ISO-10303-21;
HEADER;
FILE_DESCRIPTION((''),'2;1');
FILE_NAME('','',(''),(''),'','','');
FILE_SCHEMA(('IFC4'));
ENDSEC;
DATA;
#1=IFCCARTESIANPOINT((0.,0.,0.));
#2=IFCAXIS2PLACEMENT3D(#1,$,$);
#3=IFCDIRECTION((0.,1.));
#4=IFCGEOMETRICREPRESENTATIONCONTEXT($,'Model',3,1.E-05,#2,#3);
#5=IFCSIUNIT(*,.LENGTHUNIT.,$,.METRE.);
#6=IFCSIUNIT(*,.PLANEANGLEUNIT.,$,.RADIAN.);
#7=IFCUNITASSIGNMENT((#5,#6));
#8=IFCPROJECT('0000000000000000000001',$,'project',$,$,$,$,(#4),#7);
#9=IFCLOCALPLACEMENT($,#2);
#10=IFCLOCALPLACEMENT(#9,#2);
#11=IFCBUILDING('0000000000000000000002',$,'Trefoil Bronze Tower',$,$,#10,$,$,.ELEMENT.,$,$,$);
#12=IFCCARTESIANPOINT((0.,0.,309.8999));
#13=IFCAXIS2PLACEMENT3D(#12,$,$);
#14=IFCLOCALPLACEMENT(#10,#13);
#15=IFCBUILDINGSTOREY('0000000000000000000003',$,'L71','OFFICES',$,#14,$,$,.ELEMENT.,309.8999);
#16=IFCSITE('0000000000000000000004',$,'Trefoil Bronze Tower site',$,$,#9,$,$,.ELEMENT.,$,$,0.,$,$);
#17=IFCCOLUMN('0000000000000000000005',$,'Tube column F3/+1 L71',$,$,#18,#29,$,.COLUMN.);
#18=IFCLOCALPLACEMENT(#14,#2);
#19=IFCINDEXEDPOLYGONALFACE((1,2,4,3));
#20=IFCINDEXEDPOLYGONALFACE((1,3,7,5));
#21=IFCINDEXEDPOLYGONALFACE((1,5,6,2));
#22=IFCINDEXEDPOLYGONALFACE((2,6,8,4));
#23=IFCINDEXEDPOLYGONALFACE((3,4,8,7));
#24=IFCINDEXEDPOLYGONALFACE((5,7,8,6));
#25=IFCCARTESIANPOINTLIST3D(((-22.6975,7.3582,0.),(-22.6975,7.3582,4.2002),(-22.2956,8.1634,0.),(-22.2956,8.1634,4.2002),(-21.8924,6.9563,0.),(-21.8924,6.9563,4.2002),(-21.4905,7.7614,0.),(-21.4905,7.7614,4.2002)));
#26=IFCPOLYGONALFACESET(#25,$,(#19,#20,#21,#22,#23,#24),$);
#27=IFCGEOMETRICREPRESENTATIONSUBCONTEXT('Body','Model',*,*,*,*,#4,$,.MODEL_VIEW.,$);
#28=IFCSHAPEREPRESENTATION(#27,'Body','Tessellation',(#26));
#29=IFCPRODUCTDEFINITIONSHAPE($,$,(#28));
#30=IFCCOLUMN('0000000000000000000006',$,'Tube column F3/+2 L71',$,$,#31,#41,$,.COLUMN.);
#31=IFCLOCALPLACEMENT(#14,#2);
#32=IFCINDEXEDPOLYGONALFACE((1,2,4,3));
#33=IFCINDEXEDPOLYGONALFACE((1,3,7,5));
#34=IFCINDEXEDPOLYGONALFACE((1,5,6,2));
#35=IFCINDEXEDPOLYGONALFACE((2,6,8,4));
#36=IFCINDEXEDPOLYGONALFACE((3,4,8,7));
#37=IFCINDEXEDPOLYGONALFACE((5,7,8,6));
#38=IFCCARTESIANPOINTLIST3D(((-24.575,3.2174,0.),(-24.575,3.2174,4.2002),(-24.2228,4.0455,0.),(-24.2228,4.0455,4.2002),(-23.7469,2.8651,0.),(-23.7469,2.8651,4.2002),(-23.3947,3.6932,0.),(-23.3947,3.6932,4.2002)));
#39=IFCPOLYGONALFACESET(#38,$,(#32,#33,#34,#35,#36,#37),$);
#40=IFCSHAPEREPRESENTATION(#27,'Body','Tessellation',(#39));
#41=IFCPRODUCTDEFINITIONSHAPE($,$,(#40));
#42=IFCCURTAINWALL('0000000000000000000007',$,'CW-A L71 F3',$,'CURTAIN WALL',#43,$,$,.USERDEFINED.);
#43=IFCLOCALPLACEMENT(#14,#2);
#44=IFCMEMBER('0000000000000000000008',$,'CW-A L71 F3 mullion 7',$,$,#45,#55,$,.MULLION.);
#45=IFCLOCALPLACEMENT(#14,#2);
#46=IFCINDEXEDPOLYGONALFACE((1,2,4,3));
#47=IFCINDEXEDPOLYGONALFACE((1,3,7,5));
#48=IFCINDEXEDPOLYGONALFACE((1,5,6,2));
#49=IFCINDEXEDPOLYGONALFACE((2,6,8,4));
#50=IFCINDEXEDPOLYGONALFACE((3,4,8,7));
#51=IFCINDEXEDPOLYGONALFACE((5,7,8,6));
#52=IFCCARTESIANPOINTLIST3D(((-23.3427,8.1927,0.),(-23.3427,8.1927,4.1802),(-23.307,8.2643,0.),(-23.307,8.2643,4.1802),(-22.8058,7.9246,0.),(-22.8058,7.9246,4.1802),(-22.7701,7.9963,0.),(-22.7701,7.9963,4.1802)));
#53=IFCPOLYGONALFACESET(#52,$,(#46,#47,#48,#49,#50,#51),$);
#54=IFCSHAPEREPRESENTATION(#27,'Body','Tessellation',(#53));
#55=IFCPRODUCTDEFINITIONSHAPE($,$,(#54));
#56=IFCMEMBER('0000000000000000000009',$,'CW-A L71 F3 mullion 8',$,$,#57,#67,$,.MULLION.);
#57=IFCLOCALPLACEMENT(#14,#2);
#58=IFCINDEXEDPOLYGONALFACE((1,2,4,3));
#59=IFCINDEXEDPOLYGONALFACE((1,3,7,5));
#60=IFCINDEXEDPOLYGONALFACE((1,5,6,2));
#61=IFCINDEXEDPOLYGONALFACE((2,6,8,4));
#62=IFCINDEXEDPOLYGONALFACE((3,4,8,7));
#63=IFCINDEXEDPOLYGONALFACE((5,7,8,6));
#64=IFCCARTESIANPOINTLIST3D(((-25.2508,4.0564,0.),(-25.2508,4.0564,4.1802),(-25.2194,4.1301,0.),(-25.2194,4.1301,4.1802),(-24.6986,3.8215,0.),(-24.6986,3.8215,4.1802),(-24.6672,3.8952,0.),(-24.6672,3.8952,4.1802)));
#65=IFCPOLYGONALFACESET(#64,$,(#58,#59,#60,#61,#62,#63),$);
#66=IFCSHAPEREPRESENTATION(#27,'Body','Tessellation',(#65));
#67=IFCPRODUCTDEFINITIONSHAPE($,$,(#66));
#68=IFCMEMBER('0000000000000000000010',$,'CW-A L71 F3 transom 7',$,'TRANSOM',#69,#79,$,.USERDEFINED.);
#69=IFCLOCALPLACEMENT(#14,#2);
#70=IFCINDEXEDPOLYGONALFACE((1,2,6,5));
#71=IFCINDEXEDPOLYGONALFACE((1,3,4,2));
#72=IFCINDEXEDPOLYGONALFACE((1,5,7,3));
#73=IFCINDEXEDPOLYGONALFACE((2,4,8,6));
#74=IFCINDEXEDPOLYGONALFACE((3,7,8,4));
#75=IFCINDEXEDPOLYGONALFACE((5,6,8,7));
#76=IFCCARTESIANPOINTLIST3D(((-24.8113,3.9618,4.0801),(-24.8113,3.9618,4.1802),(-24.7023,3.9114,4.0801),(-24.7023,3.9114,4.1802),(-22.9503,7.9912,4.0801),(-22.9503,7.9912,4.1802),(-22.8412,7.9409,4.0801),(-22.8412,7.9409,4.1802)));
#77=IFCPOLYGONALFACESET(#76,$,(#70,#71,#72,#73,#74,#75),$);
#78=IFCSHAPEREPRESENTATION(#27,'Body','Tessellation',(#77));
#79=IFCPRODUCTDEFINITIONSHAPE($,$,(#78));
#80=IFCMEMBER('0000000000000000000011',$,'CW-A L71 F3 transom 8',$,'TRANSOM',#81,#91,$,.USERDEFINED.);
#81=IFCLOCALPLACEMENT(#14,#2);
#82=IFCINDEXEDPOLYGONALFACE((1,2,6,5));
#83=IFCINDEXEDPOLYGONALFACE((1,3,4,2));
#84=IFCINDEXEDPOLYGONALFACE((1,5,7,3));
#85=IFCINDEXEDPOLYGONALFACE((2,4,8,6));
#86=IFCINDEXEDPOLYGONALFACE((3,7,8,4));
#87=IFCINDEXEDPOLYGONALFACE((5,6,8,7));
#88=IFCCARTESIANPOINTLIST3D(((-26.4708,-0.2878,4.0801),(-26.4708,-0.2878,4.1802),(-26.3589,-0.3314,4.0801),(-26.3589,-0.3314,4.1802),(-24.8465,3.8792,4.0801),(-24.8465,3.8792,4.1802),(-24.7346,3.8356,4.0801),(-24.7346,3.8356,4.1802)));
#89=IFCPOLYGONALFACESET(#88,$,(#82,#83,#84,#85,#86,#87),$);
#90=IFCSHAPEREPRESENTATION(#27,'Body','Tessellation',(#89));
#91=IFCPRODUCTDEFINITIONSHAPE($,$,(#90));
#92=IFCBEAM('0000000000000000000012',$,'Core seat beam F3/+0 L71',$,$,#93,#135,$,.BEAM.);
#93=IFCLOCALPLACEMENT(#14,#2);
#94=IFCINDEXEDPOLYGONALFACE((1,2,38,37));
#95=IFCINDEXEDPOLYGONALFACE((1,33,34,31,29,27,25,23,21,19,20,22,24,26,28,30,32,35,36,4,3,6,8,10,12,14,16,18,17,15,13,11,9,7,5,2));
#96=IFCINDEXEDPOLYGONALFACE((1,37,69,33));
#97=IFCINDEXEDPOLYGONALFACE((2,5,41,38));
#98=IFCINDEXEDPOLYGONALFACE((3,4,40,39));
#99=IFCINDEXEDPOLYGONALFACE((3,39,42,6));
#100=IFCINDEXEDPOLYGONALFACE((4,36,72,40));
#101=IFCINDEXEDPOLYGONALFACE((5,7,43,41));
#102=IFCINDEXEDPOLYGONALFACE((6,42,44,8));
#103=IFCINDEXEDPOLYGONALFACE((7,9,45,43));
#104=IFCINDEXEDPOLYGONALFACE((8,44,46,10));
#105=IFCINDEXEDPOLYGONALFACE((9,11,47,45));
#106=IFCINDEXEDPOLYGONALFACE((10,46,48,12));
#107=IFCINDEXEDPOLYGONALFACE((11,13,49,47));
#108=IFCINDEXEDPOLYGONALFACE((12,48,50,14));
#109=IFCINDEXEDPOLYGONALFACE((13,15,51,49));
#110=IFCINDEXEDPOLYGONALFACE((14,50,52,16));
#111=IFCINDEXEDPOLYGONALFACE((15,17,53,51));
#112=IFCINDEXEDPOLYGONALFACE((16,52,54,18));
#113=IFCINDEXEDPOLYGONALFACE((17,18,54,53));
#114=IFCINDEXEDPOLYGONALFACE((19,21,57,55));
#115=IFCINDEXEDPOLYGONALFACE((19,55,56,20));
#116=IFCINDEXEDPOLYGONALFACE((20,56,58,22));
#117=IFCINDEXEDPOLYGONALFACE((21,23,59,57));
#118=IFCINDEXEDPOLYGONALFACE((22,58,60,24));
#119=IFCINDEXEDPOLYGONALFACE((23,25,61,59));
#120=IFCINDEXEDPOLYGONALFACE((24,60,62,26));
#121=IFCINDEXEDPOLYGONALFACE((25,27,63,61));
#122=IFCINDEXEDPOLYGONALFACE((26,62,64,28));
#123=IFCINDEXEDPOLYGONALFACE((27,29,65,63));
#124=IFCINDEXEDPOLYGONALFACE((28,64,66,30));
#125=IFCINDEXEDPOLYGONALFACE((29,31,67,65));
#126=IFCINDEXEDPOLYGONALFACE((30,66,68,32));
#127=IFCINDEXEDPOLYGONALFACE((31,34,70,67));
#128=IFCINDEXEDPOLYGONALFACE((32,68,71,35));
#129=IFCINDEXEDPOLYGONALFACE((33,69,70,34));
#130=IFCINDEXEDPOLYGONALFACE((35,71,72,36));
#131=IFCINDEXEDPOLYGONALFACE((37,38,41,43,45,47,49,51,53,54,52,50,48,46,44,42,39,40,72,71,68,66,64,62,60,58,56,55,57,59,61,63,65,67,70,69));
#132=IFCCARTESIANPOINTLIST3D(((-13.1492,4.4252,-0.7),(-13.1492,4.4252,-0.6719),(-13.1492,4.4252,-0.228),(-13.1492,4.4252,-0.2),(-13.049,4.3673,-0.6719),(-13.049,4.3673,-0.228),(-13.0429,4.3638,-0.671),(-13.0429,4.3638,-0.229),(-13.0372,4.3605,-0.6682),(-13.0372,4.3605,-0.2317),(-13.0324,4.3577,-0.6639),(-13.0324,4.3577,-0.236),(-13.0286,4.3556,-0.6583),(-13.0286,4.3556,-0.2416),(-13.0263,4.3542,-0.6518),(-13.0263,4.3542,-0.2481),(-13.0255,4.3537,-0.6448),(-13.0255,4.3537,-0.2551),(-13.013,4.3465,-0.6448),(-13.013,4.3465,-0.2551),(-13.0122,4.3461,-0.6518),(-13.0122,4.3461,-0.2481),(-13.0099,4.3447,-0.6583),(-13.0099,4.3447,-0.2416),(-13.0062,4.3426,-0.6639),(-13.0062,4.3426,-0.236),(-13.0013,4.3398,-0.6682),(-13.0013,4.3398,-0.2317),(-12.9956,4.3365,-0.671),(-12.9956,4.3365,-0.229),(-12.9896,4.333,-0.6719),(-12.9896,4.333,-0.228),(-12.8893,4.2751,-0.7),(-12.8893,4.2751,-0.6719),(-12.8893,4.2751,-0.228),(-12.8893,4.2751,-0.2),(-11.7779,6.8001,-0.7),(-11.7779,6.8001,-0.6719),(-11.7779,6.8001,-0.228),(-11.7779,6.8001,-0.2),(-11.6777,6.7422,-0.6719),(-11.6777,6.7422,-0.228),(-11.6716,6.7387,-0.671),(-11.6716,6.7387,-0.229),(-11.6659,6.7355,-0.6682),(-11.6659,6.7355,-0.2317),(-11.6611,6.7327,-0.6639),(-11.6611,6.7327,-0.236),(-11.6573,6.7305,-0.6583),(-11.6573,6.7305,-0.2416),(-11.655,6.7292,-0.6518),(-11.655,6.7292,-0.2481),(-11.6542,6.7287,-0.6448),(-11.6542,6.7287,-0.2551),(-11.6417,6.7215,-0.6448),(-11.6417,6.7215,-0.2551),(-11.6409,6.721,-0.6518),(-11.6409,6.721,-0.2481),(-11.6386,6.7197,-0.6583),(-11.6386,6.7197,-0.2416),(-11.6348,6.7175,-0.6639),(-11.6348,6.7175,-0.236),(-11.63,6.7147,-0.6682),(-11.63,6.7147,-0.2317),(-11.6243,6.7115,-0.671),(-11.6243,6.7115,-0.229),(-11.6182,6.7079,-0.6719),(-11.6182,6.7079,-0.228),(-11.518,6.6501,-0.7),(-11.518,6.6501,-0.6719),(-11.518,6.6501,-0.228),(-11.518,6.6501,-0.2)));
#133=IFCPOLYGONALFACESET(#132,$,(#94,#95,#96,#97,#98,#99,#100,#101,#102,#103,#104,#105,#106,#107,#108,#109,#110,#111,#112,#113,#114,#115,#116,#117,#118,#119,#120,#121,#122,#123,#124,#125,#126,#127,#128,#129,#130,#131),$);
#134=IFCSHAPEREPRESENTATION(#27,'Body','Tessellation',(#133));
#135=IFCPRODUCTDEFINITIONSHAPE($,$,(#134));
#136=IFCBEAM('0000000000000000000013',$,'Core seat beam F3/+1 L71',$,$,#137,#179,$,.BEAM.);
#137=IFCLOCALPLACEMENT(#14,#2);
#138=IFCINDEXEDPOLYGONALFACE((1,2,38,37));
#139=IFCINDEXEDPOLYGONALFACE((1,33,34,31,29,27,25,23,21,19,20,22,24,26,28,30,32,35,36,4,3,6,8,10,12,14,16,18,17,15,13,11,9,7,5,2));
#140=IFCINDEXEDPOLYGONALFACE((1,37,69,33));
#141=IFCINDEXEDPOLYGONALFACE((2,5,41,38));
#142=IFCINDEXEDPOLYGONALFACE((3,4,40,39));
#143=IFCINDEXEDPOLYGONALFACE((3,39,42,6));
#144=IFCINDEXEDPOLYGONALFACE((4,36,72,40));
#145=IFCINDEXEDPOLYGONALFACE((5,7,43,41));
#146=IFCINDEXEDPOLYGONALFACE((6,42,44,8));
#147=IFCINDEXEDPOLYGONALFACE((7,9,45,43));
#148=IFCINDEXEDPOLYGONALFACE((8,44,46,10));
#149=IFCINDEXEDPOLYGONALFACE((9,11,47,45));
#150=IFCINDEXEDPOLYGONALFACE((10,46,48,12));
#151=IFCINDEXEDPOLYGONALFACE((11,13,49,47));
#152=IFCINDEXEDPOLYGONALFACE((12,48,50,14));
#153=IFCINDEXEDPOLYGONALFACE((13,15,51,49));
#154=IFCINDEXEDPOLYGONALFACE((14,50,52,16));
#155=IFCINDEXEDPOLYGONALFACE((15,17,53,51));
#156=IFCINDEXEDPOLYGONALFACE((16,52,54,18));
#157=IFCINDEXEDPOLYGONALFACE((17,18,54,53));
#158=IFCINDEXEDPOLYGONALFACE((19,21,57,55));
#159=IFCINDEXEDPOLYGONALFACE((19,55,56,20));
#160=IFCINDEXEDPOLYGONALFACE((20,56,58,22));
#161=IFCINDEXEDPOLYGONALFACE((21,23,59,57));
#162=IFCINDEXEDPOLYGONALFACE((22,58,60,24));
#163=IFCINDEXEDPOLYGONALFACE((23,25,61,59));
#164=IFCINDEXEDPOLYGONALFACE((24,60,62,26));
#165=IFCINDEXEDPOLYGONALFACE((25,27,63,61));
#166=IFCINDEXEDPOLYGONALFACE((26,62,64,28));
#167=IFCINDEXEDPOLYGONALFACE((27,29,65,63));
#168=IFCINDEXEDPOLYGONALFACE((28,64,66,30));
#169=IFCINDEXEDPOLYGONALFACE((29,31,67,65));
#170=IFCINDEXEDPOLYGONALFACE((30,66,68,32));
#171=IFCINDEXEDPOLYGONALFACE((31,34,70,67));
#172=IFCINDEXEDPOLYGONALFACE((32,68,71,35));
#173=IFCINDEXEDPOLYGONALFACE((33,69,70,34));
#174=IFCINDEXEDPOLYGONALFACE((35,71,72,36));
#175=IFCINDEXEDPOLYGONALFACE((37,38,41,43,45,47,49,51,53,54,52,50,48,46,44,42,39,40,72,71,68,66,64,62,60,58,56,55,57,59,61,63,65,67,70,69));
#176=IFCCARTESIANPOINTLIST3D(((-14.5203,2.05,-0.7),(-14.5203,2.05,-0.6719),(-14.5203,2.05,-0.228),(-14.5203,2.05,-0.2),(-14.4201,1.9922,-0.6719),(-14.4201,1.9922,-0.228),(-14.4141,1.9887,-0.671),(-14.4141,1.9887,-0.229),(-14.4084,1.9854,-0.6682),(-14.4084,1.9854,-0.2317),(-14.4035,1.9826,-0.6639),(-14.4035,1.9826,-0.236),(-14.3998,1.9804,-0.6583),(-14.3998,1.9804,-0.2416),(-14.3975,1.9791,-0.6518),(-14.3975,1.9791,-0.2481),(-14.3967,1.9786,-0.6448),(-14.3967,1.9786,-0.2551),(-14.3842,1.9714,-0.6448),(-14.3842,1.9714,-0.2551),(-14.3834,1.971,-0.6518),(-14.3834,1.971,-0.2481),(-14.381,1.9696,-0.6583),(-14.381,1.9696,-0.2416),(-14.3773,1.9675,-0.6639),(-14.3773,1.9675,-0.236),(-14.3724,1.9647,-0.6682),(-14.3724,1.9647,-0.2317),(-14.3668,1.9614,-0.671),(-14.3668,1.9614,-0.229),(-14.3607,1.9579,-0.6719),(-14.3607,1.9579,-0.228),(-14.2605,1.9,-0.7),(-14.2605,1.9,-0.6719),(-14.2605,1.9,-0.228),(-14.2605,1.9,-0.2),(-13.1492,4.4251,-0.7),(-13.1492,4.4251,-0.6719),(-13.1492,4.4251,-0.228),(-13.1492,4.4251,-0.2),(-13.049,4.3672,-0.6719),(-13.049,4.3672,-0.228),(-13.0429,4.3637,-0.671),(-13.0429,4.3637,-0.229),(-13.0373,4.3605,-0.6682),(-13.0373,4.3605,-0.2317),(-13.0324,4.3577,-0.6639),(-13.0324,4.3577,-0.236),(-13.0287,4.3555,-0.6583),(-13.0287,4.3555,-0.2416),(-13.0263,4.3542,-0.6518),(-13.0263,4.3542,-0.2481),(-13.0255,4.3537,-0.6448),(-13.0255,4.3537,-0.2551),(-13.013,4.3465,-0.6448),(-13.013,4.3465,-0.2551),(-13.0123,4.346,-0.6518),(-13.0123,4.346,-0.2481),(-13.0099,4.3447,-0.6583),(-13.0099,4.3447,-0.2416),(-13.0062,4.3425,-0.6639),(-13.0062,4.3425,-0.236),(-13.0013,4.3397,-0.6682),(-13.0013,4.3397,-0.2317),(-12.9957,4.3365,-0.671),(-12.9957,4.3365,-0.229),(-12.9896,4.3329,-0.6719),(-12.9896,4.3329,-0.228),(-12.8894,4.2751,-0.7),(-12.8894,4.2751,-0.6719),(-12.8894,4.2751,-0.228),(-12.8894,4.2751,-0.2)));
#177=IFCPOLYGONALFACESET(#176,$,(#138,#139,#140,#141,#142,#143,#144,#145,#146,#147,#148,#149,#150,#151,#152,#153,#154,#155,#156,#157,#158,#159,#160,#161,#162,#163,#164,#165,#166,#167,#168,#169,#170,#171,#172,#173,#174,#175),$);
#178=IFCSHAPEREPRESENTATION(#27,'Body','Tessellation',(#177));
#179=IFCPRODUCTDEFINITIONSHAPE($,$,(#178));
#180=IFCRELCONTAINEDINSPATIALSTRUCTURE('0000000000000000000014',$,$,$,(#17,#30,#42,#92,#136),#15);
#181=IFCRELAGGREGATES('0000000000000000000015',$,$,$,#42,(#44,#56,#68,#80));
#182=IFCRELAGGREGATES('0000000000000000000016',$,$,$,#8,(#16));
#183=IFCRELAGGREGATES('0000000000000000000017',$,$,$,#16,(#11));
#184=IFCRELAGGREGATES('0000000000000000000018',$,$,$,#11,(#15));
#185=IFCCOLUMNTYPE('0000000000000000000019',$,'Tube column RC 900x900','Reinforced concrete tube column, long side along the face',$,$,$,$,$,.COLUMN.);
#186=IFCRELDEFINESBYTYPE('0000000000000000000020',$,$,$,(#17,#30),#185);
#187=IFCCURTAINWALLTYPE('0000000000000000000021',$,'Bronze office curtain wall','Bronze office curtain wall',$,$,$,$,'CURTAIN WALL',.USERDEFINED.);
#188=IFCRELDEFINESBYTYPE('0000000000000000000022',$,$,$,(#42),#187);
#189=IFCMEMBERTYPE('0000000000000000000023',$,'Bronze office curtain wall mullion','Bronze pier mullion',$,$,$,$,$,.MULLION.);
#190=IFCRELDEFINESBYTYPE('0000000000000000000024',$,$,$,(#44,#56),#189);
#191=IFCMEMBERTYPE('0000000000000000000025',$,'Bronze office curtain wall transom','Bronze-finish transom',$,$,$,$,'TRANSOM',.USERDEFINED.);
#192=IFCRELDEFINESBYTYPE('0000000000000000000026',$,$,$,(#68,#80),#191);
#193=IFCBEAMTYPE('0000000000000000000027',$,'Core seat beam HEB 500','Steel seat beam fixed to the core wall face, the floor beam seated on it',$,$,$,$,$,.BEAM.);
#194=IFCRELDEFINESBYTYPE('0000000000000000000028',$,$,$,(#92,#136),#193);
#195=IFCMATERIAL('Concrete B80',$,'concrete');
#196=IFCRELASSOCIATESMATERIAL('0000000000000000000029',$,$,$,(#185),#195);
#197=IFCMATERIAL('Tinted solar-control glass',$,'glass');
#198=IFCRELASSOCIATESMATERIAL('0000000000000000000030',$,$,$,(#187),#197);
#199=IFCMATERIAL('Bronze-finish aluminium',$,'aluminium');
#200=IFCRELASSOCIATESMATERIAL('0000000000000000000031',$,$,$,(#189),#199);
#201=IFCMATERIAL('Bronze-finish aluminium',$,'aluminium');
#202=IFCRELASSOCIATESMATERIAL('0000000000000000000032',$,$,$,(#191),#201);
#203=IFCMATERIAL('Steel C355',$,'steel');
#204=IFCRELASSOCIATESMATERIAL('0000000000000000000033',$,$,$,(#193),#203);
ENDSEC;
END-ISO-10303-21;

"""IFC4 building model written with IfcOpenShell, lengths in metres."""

from ifc_helpers import new_model, si_unit, direction, frame, origin, origin_2d, place, context, subcontext, project, spatial, rectangle, i_section, extrude, material, material_profile, profile_set, type_object, element, aggregate, save


model = new_model("IFC4")

# Units and contexts
model_context = context("Model", 3, precision=1e-05, world=origin(), true_north=direction((0.0, 1.0)))
body_context = subcontext(model_context, "Body", "Model", "MODEL_VIEW")
ifc_project = project(units=[si_unit("LENGTHUNIT", "METRE"), si_unit("PLANEANGLEUNIT", "RADIAN")], contexts=[model_context])

# Site, building, storey
site_placement = place(None, origin())
site = spatial("IfcSite", under=ifc_project, at=site_placement, Name="Trefoil Bronze Tower site", CompositionType="ELEMENT", RefElevation=0.0)
building_placement = place(site_placement, origin())
building = spatial("IfcBuilding", under=site, at=building_placement, Name="Trefoil Bronze Tower", CompositionType="ELEMENT")
storey_placement = place(building_placement, frame((0.0, 0.0, 309.8999)))
storey = spatial("IfcBuildingStorey", under=building, at=storey_placement, Name="L71", Description="OFFICES", CompositionType="ELEMENT", Elevation=309.8999)

# Columns
ifc_material_1 = material(Name="Concrete B80", Category="concrete")
ifc_material_profile_1 = material_profile(ifc_material_1, rectangle(XDim=0.8999, YDim=0.8999, at=origin_2d()), Name="RC 900x900")
ifc_profile_set_1 = profile_set([ifc_material_profile_1], Name="Concrete B80")
column_type = type_object("IfcColumnType", Name="Tube column RC 900x900", Description="Reinforced concrete tube column, long side along the face", PredefinedType="COLUMN", material=ifc_profile_set_1)
for number, where, z_axis, x_axis, name in (
    (1, (-22.094, 7.5598, 0.0), (0.0, 0.0, 1.0), (-0.446641, -0.894713, 0.0), "Tube column F3/+1 L71"),
    (2, (-23.9849, 3.4553, 0.0), (0.0, 0.0, 1.0), (-0.391436, -0.920205, 0.0), "Tube column F3/+2 L71"),
):
    element("IfcColumn", number, at=place(storey_placement, frame(where, z_axis=z_axis, x_axis=x_axis)), inside=storey, type_object=column_type, Name=name, PredefinedType="COLUMN", context=body_context, shape_type="SweptSolid", body=[
        extrude(rectangle(XDim=0.8999, YDim=0.8999, at=origin_2d()), origin(), (0.0, 0.0, 1.0), 4.2002),
    ])

# Curtain wall, members
ifc_material_2 = material(Name="Tinted solar-control glass", Category="glass")
curtain_wall_type = type_object("IfcCurtainWallType", Name="Bronze office curtain wall", Description="Bronze office curtain wall", ElementType="CURTAIN WALL", PredefinedType="USERDEFINED", material=ifc_material_2)
curtain_wall_placement = place(storey_placement, origin())
curtain_wall = element("IfcCurtainWall", 3, at=curtain_wall_placement, inside=storey, type_object=curtain_wall_type, Name="CW-A L71 F3", ObjectType="CURTAIN WALL", PredefinedType="USERDEFINED")
ifc_material_3 = material(Name="Bronze-finish aluminium", Category="aluminium")
ifc_material_profile_2 = material_profile(ifc_material_3, rectangle(XDim=0.6001, YDim=0.0801, at=origin_2d()), Name="CW-A mullion")
ifc_profile_set_2 = profile_set([ifc_material_profile_2], Name="Bronze-finish aluminium")
member_type_1 = type_object("IfcMemberType", Name="Bronze office curtain wall mullion", Description="Bronze pier mullion", PredefinedType="MULLION", material=ifc_profile_set_2)
member_1_placement = place(storey_placement, frame((-23.0564, 8.0945, 0.0), z_axis=(0.0, 0.0, 1.0), x_axis=(0.894713, -0.446641, 0.0)))
member_1 = element("IfcMember", 4, at=member_1_placement, type_object=member_type_1, Name="CW-A L71 F3 mullion 7", PredefinedType="MULLION", context=body_context, shape_type="SweptSolid", body=[
    extrude(rectangle(XDim=0.6001, YDim=0.0801, at=origin_2d()), origin(), (0.0, 0.0, 1.0), 4.1802),
])
member_2_placement = place(storey_placement, frame((-24.959, 3.9758, 0.0), z_axis=(0.0, 0.0, 1.0), x_axis=(0.920205, -0.391436, 0.0)))
member_2 = element("IfcMember", 5, at=member_2_placement, type_object=member_type_1, Name="CW-A L71 F3 mullion 8", PredefinedType="MULLION", context=body_context, shape_type="SweptSolid", body=[
    extrude(rectangle(XDim=0.6001, YDim=0.0801, at=origin_2d()), origin(), (0.0, 0.0, 1.0), 4.1802),
])
ifc_material_4 = material(Name="Bronze-finish aluminium", Category="aluminium")
ifc_material_profile_3 = material_profile(ifc_material_4, rectangle(XDim=0.1201, YDim=0.1001, at=origin_2d()), Name="CW-A transom")
ifc_profile_set_3 = profile_set([ifc_material_profile_3], Name="Bronze-finish aluminium")
member_type_2 = type_object("IfcMemberType", Name="Bronze office curtain wall transom", Description="Bronze-finish transom", ElementType="TRANSOM", PredefinedType="USERDEFINED", material=ifc_profile_set_3)
member_3_placement = place(storey_placement, frame((-22.8958, 7.9661, 4.1301), z_axis=(-0.419299, -0.907848, 0.0), x_axis=(0.907848, -0.419299, 0.0)))
member_3 = element("IfcMember", 6, at=member_3_placement, type_object=member_type_2, Name="CW-A L71 F3 transom 7", ObjectType="TRANSOM", PredefinedType="USERDEFINED", context=body_context, shape_type="SweptSolid", body=[
    extrude(rectangle(XDim=0.1201, YDim=0.1001, at=origin_2d()), origin(), (0.0, 0.0, 1.0), 4.4385),
])
member_4_placement = place(storey_placement, frame((-24.7905, 3.8574, 4.1301), z_axis=(-0.363178, -0.93172, 0.0), x_axis=(0.93172, -0.363178, 0.0)))
member_4 = element("IfcMember", 7, at=member_4_placement, type_object=member_type_2, Name="CW-A L71 F3 transom 8", ObjectType="TRANSOM", PredefinedType="USERDEFINED", context=body_context, shape_type="SweptSolid", body=[
    extrude(rectangle(XDim=0.1201, YDim=0.1001, at=origin_2d()), origin(), (0.0, 0.0, 1.0), 4.4724),
])

# Beams
ifc_material_5 = material(Name="Steel C355", Category="steel")
ifc_material_profile_4 = material_profile(ifc_material_5, i_section(OverallWidth=0.3, OverallDepth=0.5, WebThickness=0.0144, FlangeThickness=0.0281, FilletRadius=0.0271, at=origin_2d()), Name="HEB 500")
ifc_profile_set_4 = profile_set([ifc_material_profile_4], Name="Steel C355")
beam_type_1 = type_object("IfcBeamType", Name="Core seat beam HEB 500", Description="Steel seat beam fixed to the core wall face, the floor beam seated on it", PredefinedType="BEAM", material=ifc_profile_set_4)
for number, where, z_axis, x_axis, name in (
    (8, (-11.6479, 6.7251, -0.45), (-0.500036, -0.866005, 0.0), (0.866005, -0.500036, 0.0), "Core seat beam F3/+0 L71"),
    (9, (-13.0193, 4.3501, -0.45), (-0.499969, -0.866043, 0.0), (0.866043, -0.499969, 0.0), "Core seat beam F3/+1 L71"),
):
    element("IfcBeam", number, at=place(storey_placement, frame(where, z_axis=z_axis, x_axis=x_axis)), inside=storey, type_object=beam_type_1, Name=name, PredefinedType="BEAM", context=body_context, shape_type="SweptSolid", body=[
        extrude(i_section(OverallWidth=0.3, OverallDepth=0.5, WebThickness=0.0144, FlangeThickness=0.0281, FilletRadius=0.0271, at=origin_2d()), origin(), (0.0, 0.0, 1.0), 2.7424),
    ])

aggregate(curtain_wall, [member_1, member_2, member_3, member_4])

save(model, "model.ifc")
